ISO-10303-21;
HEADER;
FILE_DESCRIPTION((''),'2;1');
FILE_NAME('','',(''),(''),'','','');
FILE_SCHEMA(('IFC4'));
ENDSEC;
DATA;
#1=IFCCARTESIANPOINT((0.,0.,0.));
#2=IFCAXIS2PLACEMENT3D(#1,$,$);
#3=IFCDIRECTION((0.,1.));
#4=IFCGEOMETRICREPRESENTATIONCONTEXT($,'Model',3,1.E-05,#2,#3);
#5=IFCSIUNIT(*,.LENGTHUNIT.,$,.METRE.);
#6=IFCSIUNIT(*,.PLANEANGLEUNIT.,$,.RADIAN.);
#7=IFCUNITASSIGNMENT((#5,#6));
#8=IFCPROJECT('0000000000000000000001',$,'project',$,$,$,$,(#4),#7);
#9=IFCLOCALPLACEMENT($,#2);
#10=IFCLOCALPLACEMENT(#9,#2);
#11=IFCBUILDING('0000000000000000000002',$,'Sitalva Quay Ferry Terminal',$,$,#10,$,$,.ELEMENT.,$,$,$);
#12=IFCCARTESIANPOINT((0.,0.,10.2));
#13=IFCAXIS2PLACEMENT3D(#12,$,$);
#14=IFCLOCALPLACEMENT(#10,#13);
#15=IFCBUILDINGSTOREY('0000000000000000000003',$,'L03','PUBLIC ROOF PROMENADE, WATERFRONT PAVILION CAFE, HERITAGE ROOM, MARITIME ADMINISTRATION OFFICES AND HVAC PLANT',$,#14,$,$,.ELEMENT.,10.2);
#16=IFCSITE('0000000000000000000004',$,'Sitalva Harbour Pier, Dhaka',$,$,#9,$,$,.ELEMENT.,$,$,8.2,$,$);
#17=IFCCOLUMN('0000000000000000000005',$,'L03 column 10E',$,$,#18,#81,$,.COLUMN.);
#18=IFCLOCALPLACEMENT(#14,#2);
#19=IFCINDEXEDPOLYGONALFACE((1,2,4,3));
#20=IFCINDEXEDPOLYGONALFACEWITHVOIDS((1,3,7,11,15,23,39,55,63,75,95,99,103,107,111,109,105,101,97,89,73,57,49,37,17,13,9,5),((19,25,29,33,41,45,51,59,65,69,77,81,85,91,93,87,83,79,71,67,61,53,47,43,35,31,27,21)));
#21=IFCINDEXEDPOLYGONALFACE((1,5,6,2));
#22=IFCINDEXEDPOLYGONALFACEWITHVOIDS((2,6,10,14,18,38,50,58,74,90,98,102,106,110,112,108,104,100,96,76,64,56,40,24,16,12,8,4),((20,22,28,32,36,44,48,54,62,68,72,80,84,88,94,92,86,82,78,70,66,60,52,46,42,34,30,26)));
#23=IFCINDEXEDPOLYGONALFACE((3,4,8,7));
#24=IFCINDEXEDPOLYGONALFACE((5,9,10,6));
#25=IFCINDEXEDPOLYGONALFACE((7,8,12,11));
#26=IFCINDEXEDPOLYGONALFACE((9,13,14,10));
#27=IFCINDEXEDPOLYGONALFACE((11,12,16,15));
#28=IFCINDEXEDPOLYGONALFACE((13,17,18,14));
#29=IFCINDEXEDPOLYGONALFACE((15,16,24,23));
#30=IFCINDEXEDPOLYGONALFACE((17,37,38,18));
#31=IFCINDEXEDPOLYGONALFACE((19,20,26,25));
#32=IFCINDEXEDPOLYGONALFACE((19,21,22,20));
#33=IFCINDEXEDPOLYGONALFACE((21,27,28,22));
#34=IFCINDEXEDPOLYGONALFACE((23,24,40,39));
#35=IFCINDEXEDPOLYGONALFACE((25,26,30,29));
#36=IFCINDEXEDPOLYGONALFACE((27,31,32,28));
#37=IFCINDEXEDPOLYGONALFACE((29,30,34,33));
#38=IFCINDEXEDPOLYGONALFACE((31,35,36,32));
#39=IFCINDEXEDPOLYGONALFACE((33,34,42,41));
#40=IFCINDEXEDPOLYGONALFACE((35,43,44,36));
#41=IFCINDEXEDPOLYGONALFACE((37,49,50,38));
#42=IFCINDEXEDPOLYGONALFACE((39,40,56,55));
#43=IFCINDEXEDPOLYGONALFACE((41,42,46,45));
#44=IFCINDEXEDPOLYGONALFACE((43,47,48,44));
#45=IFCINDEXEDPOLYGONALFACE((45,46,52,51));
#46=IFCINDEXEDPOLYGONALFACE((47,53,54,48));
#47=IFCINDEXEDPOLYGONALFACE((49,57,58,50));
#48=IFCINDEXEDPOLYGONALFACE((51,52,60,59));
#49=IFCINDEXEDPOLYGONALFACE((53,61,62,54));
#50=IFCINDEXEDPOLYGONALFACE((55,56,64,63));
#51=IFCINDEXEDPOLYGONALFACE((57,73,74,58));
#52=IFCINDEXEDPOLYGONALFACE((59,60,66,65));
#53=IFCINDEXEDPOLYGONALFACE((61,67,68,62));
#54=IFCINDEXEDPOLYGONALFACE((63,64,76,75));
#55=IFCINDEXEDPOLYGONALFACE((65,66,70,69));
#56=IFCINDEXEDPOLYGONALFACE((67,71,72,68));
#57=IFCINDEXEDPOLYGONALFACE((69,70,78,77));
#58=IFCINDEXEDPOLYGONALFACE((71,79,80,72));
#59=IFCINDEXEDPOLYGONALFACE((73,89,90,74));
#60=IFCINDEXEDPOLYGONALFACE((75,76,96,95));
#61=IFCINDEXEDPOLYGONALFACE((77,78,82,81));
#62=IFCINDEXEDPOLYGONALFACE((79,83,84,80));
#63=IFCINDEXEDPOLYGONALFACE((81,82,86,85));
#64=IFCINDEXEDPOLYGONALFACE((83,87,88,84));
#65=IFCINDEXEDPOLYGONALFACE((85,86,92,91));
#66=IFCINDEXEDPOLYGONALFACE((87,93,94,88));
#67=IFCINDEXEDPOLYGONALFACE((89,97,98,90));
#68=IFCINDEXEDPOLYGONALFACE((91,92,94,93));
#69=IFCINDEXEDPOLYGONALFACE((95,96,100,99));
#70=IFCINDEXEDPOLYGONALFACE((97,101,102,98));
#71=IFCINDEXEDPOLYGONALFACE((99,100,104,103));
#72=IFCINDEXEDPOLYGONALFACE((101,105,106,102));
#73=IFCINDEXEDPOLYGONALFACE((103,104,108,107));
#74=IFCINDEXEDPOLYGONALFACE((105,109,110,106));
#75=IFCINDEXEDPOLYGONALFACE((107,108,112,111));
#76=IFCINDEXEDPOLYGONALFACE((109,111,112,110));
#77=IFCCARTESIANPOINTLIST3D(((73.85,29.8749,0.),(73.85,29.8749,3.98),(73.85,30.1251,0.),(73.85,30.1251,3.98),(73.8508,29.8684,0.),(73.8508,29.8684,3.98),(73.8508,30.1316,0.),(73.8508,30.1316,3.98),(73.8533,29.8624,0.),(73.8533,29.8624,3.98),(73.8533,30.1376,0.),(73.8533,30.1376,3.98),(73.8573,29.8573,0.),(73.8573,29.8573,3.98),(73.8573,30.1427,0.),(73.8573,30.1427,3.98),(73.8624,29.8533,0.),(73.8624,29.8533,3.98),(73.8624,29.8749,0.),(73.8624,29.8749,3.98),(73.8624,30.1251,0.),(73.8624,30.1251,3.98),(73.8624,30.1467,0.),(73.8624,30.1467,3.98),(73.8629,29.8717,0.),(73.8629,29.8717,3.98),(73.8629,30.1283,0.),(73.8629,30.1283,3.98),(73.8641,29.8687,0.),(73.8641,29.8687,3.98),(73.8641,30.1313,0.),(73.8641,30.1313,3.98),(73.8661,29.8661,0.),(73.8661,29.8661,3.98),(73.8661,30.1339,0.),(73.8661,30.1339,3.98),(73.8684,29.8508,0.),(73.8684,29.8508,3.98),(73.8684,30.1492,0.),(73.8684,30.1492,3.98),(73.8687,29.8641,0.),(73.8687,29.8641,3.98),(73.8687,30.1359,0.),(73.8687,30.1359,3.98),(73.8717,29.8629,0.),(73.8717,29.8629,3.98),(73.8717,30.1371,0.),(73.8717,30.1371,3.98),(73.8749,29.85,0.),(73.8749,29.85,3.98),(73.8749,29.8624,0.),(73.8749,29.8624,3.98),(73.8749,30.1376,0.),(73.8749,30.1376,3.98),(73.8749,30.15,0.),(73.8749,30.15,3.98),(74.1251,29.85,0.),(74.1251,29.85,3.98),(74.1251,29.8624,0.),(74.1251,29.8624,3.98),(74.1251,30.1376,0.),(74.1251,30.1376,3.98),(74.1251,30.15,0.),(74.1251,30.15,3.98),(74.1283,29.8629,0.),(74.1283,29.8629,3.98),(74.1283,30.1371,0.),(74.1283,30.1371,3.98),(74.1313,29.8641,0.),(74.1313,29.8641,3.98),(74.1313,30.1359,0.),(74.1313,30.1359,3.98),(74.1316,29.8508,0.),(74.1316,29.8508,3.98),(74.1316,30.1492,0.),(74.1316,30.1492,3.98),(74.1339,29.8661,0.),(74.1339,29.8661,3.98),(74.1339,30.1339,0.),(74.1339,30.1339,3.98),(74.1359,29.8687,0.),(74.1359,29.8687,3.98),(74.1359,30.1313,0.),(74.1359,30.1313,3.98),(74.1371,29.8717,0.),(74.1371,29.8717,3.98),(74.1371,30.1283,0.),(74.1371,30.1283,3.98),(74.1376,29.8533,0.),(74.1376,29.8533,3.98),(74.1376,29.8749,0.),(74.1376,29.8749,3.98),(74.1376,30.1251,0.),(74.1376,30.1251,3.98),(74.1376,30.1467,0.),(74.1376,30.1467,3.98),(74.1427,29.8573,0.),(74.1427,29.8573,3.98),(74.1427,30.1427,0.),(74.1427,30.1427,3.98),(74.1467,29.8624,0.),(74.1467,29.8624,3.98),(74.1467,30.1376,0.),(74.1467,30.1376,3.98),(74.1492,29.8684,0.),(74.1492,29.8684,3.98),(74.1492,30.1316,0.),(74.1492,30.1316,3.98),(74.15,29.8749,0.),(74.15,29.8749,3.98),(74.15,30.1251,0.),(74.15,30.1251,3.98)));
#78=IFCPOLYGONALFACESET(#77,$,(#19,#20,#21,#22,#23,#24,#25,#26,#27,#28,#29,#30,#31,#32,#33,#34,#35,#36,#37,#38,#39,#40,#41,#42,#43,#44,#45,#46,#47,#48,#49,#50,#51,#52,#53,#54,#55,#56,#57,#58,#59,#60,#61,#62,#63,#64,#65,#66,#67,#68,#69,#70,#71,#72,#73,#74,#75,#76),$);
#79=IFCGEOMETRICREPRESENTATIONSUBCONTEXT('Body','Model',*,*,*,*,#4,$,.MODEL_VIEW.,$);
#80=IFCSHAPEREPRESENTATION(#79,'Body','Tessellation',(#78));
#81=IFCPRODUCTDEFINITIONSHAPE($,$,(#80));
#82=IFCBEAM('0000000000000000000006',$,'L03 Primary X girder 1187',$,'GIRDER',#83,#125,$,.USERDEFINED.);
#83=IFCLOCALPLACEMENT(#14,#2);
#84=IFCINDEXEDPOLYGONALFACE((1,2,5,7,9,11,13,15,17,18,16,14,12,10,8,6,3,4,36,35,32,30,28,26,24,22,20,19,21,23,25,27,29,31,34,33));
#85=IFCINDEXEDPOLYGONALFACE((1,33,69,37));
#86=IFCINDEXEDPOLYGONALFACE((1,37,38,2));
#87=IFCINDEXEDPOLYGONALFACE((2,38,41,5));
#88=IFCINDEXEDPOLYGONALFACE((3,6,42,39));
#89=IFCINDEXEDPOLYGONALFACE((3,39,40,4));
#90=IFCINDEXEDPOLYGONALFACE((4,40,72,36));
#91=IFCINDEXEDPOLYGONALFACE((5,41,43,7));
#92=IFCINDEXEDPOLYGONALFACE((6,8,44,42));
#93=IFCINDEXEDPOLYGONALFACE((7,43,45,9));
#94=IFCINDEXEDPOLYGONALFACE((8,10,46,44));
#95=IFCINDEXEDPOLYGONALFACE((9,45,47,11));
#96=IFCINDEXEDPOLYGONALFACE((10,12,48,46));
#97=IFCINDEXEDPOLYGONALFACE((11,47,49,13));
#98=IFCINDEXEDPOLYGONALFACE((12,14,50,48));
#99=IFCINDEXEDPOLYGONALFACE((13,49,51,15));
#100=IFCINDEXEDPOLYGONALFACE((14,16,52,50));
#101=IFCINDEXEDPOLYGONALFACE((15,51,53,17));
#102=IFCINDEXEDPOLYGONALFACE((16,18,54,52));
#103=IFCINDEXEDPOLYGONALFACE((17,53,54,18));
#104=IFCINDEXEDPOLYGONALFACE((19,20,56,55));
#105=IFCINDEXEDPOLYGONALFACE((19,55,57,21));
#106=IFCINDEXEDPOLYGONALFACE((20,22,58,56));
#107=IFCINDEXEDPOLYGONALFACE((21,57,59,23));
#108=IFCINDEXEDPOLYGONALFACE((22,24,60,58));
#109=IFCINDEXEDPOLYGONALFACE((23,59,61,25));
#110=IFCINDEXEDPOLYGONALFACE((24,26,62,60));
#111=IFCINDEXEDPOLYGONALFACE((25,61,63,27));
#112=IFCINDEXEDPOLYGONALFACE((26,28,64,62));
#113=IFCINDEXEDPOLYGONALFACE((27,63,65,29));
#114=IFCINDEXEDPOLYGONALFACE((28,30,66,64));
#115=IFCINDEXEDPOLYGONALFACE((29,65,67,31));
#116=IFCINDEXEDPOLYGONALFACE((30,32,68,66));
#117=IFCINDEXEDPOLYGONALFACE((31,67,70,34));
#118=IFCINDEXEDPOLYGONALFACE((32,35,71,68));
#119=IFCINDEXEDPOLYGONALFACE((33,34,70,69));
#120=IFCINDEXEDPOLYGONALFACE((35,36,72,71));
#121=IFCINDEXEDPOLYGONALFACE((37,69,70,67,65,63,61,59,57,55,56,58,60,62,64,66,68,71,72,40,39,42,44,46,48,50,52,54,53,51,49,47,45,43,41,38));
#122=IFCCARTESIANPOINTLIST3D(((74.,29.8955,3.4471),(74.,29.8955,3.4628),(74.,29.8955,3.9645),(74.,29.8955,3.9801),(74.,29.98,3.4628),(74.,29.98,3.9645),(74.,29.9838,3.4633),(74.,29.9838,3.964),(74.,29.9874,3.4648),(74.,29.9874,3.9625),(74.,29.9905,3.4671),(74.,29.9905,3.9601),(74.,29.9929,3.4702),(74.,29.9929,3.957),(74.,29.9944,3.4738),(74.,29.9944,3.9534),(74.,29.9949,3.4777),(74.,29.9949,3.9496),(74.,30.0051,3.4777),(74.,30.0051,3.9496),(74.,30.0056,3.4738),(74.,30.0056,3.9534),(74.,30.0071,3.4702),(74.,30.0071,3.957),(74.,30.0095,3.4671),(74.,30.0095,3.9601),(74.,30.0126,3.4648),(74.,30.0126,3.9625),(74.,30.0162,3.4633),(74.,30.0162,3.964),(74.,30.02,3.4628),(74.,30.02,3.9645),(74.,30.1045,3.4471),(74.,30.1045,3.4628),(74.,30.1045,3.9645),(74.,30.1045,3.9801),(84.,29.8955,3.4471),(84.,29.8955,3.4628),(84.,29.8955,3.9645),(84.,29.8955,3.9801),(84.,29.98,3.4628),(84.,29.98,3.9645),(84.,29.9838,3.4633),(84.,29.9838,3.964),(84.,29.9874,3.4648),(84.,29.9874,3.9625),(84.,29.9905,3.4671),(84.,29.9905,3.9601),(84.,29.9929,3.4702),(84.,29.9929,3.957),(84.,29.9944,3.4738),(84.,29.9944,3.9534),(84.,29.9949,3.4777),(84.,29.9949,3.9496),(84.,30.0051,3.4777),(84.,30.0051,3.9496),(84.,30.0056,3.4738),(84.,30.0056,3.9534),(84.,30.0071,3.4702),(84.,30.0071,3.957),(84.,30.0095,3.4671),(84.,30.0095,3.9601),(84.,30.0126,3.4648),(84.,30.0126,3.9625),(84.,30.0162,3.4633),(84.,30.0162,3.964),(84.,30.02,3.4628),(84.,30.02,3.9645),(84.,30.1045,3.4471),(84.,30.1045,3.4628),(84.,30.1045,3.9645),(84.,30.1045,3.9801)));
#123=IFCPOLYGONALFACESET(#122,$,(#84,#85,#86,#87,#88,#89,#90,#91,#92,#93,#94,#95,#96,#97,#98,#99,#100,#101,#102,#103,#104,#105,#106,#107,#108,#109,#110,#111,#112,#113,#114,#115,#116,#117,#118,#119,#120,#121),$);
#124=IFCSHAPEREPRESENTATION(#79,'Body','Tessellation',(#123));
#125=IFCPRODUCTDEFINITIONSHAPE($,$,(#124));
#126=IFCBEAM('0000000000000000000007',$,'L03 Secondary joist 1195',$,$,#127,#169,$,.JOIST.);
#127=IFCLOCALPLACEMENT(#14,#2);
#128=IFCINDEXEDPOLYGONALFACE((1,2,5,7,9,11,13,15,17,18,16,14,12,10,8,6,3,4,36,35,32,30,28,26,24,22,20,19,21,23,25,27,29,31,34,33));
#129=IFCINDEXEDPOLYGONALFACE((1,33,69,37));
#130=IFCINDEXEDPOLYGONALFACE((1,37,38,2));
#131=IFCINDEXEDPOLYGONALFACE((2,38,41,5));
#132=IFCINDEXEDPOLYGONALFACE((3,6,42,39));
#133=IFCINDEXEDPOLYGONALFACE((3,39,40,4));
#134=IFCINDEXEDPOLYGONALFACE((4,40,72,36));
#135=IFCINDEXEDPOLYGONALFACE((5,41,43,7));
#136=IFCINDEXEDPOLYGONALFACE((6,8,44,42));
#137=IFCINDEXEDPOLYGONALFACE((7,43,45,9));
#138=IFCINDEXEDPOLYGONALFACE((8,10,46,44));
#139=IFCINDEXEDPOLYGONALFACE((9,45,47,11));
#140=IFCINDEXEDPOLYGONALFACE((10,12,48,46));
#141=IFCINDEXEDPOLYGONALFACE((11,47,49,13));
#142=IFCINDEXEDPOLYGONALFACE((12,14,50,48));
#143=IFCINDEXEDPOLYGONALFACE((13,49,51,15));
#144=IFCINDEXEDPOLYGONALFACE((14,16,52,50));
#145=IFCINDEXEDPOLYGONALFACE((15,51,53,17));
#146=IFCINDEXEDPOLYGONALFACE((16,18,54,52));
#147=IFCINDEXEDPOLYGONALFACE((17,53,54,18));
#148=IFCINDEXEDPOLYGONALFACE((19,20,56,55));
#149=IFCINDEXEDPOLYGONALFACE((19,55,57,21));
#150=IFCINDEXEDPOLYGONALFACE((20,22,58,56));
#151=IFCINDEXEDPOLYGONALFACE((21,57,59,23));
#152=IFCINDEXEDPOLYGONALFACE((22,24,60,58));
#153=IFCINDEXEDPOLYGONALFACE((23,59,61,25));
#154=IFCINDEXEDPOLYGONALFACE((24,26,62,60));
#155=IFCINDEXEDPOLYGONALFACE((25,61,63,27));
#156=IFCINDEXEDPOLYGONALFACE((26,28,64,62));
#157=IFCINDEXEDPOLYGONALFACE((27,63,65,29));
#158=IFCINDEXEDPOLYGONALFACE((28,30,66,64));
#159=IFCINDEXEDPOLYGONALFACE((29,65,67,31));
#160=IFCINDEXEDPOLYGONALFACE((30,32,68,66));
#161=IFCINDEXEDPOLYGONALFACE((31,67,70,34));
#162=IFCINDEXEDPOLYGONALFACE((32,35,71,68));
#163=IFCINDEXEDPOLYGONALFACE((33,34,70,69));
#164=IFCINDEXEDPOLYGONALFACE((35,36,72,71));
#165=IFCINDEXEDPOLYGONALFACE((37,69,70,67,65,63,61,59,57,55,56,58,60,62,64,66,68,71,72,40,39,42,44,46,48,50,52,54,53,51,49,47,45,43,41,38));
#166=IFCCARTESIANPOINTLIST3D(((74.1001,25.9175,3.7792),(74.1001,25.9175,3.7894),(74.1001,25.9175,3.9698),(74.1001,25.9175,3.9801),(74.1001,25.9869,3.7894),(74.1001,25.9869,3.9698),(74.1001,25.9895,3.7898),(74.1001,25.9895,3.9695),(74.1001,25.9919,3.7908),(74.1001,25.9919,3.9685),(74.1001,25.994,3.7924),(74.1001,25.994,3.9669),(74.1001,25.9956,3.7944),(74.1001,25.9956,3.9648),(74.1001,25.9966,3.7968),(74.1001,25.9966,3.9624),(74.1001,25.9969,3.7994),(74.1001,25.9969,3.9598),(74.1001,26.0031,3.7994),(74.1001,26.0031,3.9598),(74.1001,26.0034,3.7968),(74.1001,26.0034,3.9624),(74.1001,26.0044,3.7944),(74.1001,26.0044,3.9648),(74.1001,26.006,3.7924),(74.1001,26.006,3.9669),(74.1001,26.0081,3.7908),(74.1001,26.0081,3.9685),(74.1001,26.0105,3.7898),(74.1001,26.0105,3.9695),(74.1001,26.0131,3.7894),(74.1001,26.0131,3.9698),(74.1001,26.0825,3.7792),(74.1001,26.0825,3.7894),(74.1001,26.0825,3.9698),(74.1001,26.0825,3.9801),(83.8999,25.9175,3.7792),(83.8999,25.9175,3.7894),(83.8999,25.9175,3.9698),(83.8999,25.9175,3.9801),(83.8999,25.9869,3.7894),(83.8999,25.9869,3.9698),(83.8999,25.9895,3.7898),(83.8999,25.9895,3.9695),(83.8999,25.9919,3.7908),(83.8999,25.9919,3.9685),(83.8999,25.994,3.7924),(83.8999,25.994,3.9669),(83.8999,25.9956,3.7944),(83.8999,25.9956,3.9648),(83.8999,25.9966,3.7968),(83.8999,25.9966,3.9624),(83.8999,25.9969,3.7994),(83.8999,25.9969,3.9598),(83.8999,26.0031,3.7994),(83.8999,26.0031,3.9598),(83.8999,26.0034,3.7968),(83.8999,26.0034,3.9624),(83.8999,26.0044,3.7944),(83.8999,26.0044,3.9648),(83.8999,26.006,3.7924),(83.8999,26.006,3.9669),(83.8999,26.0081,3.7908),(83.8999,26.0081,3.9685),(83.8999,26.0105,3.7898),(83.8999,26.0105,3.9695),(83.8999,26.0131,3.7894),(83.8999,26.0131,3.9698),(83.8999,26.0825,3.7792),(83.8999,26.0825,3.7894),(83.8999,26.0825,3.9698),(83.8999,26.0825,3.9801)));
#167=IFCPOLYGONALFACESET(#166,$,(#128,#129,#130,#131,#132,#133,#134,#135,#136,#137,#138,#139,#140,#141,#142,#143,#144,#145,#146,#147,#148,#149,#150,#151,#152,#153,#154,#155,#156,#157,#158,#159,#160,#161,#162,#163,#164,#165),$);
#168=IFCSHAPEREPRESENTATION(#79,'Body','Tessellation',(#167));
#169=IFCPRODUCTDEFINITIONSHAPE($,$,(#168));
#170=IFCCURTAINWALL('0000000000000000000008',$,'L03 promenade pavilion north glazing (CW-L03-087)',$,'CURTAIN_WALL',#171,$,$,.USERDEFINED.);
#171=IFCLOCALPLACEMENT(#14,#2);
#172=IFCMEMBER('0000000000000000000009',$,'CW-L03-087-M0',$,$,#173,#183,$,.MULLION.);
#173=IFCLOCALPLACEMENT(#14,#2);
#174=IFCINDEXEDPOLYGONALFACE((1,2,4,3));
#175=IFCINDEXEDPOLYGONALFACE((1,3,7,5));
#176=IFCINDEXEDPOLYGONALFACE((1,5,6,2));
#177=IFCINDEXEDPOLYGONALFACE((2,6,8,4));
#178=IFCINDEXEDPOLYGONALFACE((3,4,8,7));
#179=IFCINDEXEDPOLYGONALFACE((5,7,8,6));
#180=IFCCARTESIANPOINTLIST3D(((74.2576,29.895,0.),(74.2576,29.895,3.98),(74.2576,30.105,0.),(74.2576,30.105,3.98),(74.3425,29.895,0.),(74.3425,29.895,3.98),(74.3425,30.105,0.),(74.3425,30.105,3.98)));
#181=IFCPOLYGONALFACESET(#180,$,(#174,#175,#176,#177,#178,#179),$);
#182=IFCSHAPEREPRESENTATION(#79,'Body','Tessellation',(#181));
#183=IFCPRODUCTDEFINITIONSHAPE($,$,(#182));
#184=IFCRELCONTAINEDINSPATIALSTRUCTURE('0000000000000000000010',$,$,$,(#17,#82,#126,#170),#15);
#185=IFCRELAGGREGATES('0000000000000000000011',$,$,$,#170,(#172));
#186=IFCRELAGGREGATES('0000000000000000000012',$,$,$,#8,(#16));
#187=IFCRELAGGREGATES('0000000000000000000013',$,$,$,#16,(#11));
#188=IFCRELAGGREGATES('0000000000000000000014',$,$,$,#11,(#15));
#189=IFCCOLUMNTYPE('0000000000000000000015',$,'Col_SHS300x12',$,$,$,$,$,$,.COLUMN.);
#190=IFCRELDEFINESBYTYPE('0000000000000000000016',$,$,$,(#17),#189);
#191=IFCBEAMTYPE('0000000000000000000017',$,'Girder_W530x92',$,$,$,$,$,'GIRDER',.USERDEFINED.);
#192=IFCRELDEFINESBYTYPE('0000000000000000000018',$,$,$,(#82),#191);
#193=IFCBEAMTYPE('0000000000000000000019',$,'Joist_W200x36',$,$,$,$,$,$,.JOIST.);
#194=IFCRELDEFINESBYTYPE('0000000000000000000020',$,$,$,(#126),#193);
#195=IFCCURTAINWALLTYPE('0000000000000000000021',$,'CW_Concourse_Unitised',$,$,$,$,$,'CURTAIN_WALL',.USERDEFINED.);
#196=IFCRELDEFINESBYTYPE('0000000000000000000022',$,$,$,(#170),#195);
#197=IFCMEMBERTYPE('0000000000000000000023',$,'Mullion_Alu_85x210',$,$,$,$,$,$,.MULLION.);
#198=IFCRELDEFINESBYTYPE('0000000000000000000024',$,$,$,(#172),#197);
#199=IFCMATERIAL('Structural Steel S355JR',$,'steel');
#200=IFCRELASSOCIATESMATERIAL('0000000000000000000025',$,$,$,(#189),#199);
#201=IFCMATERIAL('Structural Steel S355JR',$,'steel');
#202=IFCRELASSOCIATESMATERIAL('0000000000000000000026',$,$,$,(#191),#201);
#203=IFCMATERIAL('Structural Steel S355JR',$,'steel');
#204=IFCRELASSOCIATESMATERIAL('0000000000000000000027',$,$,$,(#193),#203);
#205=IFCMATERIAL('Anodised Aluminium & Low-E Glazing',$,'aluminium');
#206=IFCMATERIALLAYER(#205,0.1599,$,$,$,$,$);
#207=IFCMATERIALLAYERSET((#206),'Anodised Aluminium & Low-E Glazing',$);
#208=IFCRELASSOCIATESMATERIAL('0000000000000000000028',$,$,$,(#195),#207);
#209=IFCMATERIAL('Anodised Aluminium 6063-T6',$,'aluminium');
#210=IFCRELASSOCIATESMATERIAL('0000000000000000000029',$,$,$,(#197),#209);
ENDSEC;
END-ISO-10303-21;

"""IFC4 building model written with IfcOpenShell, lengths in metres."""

from ifc_helpers import new_model, si_unit, direction, frame, origin, origin_2d, place, context, subcontext, project, spatial, rectangle, hollow_rectangle, i_section, extrude, material, layer, layer_set, material_profile, profile_set, type_object, element, aggregate, save


model = new_model("IFC4")

# Units and contexts
model_context = context("Model", 3, precision=1e-05, world=origin(), true_north=direction((0.0, 1.0)))
body_context = subcontext(model_context, "Body", "Model", "MODEL_VIEW")
ifc_project = project(units=[si_unit("LENGTHUNIT", "METRE"), si_unit("PLANEANGLEUNIT", "RADIAN")], contexts=[model_context])

# Site, building, storey
site_placement = place(None, origin())
site = spatial("IfcSite", under=ifc_project, at=site_placement, Name="Sitalva Harbour Pier, Dhaka", CompositionType="ELEMENT", RefElevation=8.2)
building_placement = place(site_placement, origin())
building = spatial("IfcBuilding", under=site, at=building_placement, Name="Sitalva Quay Ferry Terminal", CompositionType="ELEMENT")
storey_placement = place(building_placement, frame((0.0, 0.0, 10.2)))
storey = spatial("IfcBuildingStorey", under=building, at=storey_placement, Name="L03", Description="PUBLIC ROOF PROMENADE, WATERFRONT PAVILION CAFE, HERITAGE ROOM, MARITIME ADMINISTRATION OFFICES AND HVAC PLANT", CompositionType="ELEMENT", Elevation=10.2)

# Column
ifc_material_1 = material(Name="Structural Steel S355JR", Category="steel")
ifc_material_profile_1 = material_profile(ifc_material_1, hollow_rectangle(XDim=0.3, YDim=0.3, WallThickness=0.0125, InnerFilletRadius=0.0125, OuterFilletRadius=0.0249, at=origin_2d()), Name="SHS300x300x12.5")
ifc_profile_set_1 = profile_set([ifc_material_profile_1], Name="Structural Steel S355JR")
column_type = type_object("IfcColumnType", Name="Col_SHS300x12", PredefinedType="COLUMN", material=ifc_profile_set_1)
column_placement = place(storey_placement, frame((74.0, 30.0, 0.0), z_axis=(0.0, 0.0, 1.0), x_axis=(1.0, 0.0, 0.0)))
element("IfcColumn", 1, at=column_placement, inside=storey, type_object=column_type, Name="L03 column 10E", PredefinedType="COLUMN", context=body_context, shape_type="SweptSolid", body=[
    extrude(hollow_rectangle(XDim=0.3, YDim=0.3, WallThickness=0.0125, InnerFilletRadius=0.0125, OuterFilletRadius=0.0249, at=origin_2d()), origin(), (0.0, 0.0, 1.0), 3.98),
])

# Beams
ifc_material_2 = material(Name="Structural Steel S355JR", Category="steel")
ifc_material_profile_2 = material_profile(ifc_material_2, i_section(OverallWidth=0.209, OverallDepth=0.533, WebThickness=0.0103, FlangeThickness=0.0156, FilletRadius=0.0149, at=origin_2d()), Name="W530x92")
ifc_profile_set_2 = profile_set([ifc_material_profile_2], Name="Structural Steel S355JR")
beam_type_1 = type_object("IfcBeamType", Name="Girder_W530x92", ElementType="GIRDER", PredefinedType="USERDEFINED", material=ifc_profile_set_2)
beam_1_placement = place(storey_placement, frame((74.0, 30.0, 3.7136), z_axis=(1.0, 0.0, 0.0), x_axis=(0.0, 1.0, 0.0)))
element("IfcBeam", 2, at=beam_1_placement, inside=storey, type_object=beam_type_1, Name="L03 Primary X girder 1187", ObjectType="GIRDER", PredefinedType="USERDEFINED", context=body_context, shape_type="SweptSolid", body=[
    extrude(i_section(OverallWidth=0.209, OverallDepth=0.533, WebThickness=0.0103, FlangeThickness=0.0156, FilletRadius=0.0149, at=origin_2d()), origin(), (0.0, 0.0, 1.0), 10.0),
])
ifc_material_3 = material(Name="Structural Steel S355JR", Category="steel")
ifc_material_profile_3 = material_profile(ifc_material_3, i_section(OverallWidth=0.165, OverallDepth=0.2009, WebThickness=0.0061, FlangeThickness=0.0103, FilletRadius=0.01, at=origin_2d()), Name="W200x36")
ifc_profile_set_3 = profile_set([ifc_material_profile_3], Name="Structural Steel S355JR")
beam_type_2 = type_object("IfcBeamType", Name="Joist_W200x36", PredefinedType="JOIST", material=ifc_profile_set_3)
beam_2_placement = place(storey_placement, frame((74.1001, 26.0, 3.8796), z_axis=(1.0, 0.0, 0.0), x_axis=(0.0, 1.0, 0.0)))
element("IfcBeam", 3, at=beam_2_placement, inside=storey, type_object=beam_type_2, Name="L03 Secondary joist 1195", PredefinedType="JOIST", context=body_context, shape_type="SweptSolid", body=[
    extrude(i_section(OverallWidth=0.165, OverallDepth=0.2009, WebThickness=0.0061, FlangeThickness=0.0103, FilletRadius=0.01, at=origin_2d()), origin(), (0.0, 0.0, 1.0), 9.7998),
])

# Curtain wall, member
ifc_material_4 = material(Name="Anodised Aluminium & Low-E Glazing", Category="aluminium")
ifc_layer_1 = layer(ifc_material_4, 0.1599)
ifc_layer_set_1 = layer_set([ifc_layer_1], Name="Anodised Aluminium & Low-E Glazing")
curtain_wall_type = type_object("IfcCurtainWallType", Name="CW_Concourse_Unitised", ElementType="CURTAIN_WALL", PredefinedType="USERDEFINED", material=ifc_layer_set_1)
curtain_wall_1_placement = place(storey_placement, origin())
curtain_wall_1 = element("IfcCurtainWall", 4, at=curtain_wall_1_placement, inside=storey, type_object=curtain_wall_type, Name="L03 promenade pavilion north glazing (CW-L03-087)", ObjectType="CURTAIN_WALL", PredefinedType="USERDEFINED")
ifc_material_5 = material(Name="Anodised Aluminium 6063-T6", Category="aluminium")
ifc_material_profile_4 = material_profile(ifc_material_5, rectangle(XDim=0.085, YDim=0.21, at=origin_2d()), Name="ALU85x210")
ifc_profile_set_4 = profile_set([ifc_material_profile_4], Name="Anodised Aluminium 6063-T6")
member_type_1 = type_object("IfcMemberType", Name="Mullion_Alu_85x210", PredefinedType="MULLION", material=ifc_profile_set_4)
member_1_placement = place(storey_placement, frame((74.3, 30.0, 0.0), z_axis=(0.0, 0.0, 1.0), x_axis=(1.0, 0.0, 0.0)))
member_1 = element("IfcMember", 5, at=member_1_placement, type_object=member_type_1, Name="CW-L03-087-M0", PredefinedType="MULLION", context=body_context, shape_type="SweptSolid", body=[
    extrude(rectangle(XDim=0.085, YDim=0.21, at=origin_2d()), origin(), (0.0, 0.0, 1.0), 3.98),
])

aggregate(curtain_wall_1, [member_1])

save(model, "model.ifc")
